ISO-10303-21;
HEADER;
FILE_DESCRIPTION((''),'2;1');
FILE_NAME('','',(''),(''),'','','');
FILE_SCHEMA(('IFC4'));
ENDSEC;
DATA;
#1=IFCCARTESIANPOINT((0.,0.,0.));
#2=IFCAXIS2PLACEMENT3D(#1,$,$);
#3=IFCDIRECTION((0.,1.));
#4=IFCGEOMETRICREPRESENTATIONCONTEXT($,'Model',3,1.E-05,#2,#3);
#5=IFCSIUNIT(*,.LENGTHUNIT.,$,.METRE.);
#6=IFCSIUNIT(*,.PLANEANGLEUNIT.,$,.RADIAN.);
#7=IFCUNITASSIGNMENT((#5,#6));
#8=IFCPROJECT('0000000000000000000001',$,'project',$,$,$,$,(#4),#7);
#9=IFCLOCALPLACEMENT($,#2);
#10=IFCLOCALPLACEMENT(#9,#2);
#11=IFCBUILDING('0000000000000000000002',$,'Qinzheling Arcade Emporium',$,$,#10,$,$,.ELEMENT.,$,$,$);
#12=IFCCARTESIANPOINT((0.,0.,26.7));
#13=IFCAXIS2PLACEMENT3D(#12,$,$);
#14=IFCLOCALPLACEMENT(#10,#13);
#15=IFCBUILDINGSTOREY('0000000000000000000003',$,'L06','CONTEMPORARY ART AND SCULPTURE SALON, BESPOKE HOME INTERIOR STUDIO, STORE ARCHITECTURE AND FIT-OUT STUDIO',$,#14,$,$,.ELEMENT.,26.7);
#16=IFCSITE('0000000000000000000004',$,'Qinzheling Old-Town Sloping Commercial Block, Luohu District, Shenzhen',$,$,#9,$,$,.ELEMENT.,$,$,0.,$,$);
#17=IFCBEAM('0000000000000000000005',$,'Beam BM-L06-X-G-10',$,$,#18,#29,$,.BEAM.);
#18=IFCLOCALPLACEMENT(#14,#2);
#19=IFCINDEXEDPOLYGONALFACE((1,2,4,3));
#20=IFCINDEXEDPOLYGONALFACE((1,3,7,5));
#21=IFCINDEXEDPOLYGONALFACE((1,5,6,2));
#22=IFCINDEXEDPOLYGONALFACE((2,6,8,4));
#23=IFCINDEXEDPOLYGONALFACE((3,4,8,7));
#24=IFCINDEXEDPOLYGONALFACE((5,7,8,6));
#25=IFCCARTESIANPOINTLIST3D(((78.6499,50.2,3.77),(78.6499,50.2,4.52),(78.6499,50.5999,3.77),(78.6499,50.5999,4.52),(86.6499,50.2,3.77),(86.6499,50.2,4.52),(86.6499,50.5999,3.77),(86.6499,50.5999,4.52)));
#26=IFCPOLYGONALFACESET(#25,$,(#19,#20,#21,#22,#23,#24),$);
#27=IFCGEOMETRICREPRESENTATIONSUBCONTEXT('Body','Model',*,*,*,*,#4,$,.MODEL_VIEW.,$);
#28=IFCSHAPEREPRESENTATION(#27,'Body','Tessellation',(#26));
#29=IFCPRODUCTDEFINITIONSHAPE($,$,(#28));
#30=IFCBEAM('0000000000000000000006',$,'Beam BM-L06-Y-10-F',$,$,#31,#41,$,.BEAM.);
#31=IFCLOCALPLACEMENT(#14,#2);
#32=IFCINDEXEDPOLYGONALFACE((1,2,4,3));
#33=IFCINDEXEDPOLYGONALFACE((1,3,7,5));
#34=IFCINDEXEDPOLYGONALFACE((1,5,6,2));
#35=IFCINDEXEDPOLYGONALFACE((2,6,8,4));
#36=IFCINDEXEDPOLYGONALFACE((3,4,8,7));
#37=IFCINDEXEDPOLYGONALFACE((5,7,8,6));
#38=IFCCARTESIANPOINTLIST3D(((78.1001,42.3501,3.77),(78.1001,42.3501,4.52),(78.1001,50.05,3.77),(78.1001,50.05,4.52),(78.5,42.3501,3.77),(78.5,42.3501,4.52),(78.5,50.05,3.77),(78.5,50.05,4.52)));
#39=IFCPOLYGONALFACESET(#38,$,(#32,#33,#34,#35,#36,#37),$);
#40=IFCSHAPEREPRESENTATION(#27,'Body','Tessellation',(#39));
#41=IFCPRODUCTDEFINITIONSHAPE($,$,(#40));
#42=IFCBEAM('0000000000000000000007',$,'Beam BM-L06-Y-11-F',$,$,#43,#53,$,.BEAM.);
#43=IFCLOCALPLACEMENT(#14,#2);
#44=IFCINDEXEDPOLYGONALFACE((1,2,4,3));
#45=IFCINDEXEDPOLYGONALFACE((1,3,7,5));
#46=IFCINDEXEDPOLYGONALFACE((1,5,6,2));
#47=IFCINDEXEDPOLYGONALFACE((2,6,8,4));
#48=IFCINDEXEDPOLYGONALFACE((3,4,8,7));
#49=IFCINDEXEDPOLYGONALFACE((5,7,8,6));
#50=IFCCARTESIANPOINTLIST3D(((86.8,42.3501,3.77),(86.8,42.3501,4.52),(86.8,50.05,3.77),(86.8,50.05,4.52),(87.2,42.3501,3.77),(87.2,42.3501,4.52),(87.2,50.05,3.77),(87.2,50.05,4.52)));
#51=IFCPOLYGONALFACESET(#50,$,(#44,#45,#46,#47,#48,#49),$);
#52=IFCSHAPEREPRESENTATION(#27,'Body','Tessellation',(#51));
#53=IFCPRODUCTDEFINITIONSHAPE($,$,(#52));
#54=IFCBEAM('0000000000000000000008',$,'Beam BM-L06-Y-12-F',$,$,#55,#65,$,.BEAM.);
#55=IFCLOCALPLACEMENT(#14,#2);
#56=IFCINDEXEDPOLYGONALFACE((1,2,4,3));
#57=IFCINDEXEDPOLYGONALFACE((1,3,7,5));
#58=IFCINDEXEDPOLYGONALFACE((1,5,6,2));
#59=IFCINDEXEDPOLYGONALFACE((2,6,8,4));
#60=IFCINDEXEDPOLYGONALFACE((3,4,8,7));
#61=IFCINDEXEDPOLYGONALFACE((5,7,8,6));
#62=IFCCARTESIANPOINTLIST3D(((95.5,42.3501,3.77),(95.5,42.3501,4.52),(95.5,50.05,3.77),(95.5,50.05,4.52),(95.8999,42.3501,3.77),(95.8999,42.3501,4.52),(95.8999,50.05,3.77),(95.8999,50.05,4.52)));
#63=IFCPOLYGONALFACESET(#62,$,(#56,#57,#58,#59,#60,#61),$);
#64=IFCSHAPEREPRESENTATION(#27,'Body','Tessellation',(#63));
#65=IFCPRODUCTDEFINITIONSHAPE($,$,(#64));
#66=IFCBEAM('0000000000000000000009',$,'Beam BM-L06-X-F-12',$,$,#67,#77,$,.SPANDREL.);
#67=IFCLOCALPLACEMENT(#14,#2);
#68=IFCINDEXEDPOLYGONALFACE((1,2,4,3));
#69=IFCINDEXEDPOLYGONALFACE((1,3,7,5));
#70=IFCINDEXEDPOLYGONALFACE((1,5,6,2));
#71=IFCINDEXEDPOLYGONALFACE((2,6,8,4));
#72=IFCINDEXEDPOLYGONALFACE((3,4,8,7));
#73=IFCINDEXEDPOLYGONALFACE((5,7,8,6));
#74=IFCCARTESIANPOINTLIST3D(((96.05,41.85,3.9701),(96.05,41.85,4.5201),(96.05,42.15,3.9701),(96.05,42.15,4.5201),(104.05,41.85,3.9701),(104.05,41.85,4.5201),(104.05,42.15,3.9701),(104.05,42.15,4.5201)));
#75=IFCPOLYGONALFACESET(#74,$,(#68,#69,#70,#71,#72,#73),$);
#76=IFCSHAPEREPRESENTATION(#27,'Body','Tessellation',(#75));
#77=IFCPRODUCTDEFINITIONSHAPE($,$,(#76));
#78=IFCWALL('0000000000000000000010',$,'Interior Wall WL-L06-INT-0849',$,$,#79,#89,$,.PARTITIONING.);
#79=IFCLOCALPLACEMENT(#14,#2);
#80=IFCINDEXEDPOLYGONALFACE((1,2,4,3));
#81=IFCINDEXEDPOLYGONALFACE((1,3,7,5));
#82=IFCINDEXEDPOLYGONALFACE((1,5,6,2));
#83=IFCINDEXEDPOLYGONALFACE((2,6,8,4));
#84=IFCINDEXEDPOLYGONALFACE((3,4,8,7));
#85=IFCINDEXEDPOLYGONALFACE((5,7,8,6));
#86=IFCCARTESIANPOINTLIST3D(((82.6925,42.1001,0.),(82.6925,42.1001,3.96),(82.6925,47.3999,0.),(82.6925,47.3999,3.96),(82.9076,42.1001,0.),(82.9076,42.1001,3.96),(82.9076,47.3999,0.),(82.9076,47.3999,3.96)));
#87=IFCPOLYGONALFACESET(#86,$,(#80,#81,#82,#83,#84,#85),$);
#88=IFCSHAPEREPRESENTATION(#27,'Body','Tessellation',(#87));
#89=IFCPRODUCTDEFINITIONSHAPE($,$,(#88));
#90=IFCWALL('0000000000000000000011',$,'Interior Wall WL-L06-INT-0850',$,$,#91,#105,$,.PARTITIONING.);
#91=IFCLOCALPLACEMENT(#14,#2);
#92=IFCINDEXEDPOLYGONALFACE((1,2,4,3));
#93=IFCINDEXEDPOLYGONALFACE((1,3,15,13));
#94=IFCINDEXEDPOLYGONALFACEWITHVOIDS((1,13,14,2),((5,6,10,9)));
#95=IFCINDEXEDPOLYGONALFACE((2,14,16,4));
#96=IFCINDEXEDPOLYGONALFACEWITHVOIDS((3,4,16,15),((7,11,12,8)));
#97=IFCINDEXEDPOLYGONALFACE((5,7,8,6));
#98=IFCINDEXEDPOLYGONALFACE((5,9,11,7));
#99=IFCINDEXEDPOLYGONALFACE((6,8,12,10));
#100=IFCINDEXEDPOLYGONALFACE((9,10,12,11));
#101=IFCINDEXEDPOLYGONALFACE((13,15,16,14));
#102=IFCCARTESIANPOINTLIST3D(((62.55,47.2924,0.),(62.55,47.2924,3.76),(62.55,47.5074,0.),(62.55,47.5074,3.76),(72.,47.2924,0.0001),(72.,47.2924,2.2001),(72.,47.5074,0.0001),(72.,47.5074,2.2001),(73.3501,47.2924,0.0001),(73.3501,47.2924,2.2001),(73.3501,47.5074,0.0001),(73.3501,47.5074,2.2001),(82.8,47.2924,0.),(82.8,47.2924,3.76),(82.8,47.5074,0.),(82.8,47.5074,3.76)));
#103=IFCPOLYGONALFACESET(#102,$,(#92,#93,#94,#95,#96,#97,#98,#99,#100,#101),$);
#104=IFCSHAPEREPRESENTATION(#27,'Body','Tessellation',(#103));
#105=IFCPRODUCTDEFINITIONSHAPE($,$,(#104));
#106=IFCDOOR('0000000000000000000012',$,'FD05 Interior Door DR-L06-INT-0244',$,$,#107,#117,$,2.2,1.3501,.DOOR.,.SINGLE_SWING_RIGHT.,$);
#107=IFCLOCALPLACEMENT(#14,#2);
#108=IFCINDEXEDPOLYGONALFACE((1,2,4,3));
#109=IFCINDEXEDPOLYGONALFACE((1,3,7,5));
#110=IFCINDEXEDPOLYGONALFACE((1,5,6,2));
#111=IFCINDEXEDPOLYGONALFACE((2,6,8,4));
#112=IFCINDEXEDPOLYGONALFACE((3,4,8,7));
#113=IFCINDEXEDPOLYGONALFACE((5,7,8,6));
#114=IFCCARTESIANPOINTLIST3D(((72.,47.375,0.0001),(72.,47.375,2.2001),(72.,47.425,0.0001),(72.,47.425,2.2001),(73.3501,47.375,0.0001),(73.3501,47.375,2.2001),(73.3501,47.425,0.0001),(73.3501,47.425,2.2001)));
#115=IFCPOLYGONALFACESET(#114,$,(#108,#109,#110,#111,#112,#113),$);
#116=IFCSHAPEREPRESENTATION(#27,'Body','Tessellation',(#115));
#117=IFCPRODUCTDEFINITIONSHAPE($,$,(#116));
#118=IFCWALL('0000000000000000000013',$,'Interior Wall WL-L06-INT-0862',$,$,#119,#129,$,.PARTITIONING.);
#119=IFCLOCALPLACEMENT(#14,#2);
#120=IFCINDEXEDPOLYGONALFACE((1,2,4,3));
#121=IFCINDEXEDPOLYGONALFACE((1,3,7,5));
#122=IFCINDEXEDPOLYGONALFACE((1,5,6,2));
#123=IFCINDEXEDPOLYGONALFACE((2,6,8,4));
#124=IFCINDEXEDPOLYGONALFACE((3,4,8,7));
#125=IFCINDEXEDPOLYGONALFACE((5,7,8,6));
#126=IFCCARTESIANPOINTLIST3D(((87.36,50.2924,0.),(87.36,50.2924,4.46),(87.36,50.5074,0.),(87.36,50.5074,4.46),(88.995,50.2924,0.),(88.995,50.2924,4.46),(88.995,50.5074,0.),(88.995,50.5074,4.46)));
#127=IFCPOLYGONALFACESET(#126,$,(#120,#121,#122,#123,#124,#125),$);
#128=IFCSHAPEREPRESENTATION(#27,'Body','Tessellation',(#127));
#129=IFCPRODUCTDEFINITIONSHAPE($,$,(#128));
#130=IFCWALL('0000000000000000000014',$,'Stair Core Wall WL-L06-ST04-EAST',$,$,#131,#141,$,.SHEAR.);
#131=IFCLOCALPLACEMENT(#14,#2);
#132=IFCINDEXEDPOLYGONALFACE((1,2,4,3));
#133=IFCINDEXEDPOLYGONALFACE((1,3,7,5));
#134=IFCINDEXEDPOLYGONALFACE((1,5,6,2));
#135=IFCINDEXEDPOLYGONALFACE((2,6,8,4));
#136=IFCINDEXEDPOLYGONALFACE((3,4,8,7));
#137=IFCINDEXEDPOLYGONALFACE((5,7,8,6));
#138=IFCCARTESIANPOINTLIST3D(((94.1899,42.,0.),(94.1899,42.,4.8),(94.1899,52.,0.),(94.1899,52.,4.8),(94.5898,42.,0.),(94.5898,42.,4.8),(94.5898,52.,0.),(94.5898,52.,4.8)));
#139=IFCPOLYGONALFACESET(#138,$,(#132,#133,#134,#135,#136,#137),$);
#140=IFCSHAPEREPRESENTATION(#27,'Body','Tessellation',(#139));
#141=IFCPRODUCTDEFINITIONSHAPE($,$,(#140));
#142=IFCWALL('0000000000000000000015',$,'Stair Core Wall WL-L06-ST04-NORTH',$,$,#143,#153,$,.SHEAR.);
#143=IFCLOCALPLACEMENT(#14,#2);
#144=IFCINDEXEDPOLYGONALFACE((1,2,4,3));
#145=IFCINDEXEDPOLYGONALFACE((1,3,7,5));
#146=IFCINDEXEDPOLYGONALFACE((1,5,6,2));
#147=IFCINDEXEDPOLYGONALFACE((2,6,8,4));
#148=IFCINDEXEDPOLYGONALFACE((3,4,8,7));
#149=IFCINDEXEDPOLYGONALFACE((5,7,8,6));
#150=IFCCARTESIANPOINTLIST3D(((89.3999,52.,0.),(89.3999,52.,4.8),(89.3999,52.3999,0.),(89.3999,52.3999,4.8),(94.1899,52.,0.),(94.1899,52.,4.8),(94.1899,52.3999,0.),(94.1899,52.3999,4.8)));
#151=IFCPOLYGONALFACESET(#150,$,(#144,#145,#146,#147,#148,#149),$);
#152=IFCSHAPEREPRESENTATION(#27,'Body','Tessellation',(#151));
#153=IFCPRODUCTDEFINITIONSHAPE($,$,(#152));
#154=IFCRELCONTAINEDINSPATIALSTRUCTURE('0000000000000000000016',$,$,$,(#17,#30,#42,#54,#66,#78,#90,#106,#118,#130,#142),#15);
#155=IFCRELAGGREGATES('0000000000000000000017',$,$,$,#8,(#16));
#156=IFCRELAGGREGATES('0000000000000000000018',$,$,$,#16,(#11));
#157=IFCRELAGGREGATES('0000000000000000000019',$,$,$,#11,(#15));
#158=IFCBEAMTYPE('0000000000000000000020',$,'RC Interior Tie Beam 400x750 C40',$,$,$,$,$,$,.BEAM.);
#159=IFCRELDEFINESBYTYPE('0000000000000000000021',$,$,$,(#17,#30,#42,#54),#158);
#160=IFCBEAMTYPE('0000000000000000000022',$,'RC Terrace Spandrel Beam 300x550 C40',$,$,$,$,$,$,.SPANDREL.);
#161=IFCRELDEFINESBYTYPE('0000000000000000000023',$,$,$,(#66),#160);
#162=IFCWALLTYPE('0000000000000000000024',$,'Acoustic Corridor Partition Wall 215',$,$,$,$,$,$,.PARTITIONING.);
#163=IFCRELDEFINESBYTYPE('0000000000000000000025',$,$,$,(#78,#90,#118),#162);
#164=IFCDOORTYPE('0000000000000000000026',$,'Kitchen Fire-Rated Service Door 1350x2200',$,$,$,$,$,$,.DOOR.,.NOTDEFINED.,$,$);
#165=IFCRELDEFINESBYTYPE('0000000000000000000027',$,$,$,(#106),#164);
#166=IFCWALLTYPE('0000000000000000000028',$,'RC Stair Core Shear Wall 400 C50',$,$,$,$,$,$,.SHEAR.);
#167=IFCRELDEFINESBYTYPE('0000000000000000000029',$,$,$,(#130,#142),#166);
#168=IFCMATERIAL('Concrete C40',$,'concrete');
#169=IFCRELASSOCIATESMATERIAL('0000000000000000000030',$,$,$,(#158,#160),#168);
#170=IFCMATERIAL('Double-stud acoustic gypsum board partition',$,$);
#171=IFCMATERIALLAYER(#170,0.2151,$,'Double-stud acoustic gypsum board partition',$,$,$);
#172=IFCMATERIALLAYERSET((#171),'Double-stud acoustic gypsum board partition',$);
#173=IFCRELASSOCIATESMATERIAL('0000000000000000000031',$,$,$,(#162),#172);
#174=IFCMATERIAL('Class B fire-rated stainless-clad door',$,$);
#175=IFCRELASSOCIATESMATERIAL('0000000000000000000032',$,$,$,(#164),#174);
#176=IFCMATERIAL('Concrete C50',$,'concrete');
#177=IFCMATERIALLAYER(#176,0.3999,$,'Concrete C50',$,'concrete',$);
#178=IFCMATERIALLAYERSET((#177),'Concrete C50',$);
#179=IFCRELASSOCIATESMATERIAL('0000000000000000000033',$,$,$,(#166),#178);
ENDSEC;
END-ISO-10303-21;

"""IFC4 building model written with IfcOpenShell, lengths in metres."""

from ifc_helpers import new_model, si_unit, direction, frame, frame_2d, origin, origin_2d, place, context, subcontext, project, spatial, rectangle, extrude, material, layer, layer_set, material_profile, profile_set, type_object, element, fill, save


model = new_model("IFC4")

# Units and contexts
model_context = context("Model", 3, precision=1e-05, world=origin(), true_north=direction((0.0, 1.0)))
body_context = subcontext(model_context, "Body", "Model", "MODEL_VIEW")
ifc_project = project(units=[si_unit("LENGTHUNIT", "METRE"), si_unit("PLANEANGLEUNIT", "RADIAN")], contexts=[model_context])

# Site, building, storey
site_placement = place(None, origin())
site = spatial("IfcSite", under=ifc_project, at=site_placement, Name="Qinzheling Old-Town Sloping Commercial Block, Luohu District, Shenzhen", CompositionType="ELEMENT", RefElevation=0.0)
building_placement = place(site_placement, origin())
building = spatial("IfcBuilding", under=site, at=building_placement, Name="Qinzheling Arcade Emporium", CompositionType="ELEMENT")
storey_placement = place(building_placement, frame((0.0, 0.0, 26.7)))
storey = spatial("IfcBuildingStorey", under=building, at=storey_placement, Name="L06", Description="CONTEMPORARY ART AND SCULPTURE SALON, BESPOKE HOME INTERIOR STUDIO, STORE ARCHITECTURE AND FIT-OUT STUDIO", CompositionType="ELEMENT", Elevation=26.7)

# Shared definitions
ifc_material_1 = material(Name="Concrete C40", Category="concrete")

# Beams
ifc_material_profile_1 = material_profile(ifc_material_1, rectangle(XDim=0.3999, YDim=0.75, at=origin_2d()), Name="RC 400x750", Category="concrete")
ifc_profile_set_1 = profile_set([ifc_material_profile_1], Name="Concrete C40")
beam_type_1 = type_object("IfcBeamType", Name="RC Interior Tie Beam 400x750 C40", PredefinedType="BEAM", material=ifc_profile_set_1)
for number, where, z_axis, x_axis, name in (
    (1, (78.6499, 50.3999, 4.145), (1.0, 0.0, 0.0), (0.0, 1.0, 0.0), "Beam BM-L06-X-G-10"),
):
    element("IfcBeam", number, at=place(storey_placement, frame(where, z_axis=z_axis, x_axis=x_axis)), inside=storey, type_object=beam_type_1, Name=name, PredefinedType="BEAM", context=body_context, shape_type="SweptSolid", body=[
        extrude(rectangle(XDim=0.3999, YDim=0.75, at=origin_2d()), origin(), (0.0, 0.0, 1.0), 8.0),
    ])
for number, where, z_axis, x_axis, name in (
    (2, (78.3, 42.3501, 4.145), (0.0, 1.0, 0.0), (-1.0, 0.0, 0.0), "Beam BM-L06-Y-10-F"),
    (3, (87.0, 42.3501, 4.145), (0.0, 1.0, 0.0), (-1.0, 0.0, 0.0), "Beam BM-L06-Y-11-F"),
    (4, (95.7, 42.3501, 4.145), (0.0, 1.0, 0.0), (-1.0, 0.0, 0.0), "Beam BM-L06-Y-12-F"),
):
    element("IfcBeam", number, at=place(storey_placement, frame(where, z_axis=z_axis, x_axis=x_axis)), inside=storey, type_object=beam_type_1, Name=name, PredefinedType="BEAM", context=body_context, shape_type="SweptSolid", body=[
        extrude(rectangle(XDim=0.3999, YDim=0.75, at=origin_2d()), origin(), (0.0, 0.0, 1.0), 7.7),
    ])
ifc_material_profile_2 = material_profile(ifc_material_1, rectangle(XDim=0.3, YDim=0.55, at=origin_2d()), Name="RC 300x550", Category="concrete")
ifc_profile_set_2 = profile_set([ifc_material_profile_2], Name="Concrete C40")
beam_type_2 = type_object("IfcBeamType", Name="RC Terrace Spandrel Beam 300x550 C40", PredefinedType="SPANDREL", material=ifc_profile_set_2)
beam_1_placement = place(storey_placement, frame((96.05, 42.0, 4.2451), z_axis=(1.0, 0.0, 0.0), x_axis=(0.0, 1.0, 0.0)))
element("IfcBeam", 5, at=beam_1_placement, inside=storey, type_object=beam_type_2, Name="Beam BM-L06-X-F-12", PredefinedType="SPANDREL", context=body_context, shape_type="SweptSolid", body=[
    extrude(rectangle(XDim=0.3, YDim=0.55, at=origin_2d()), origin(), (0.0, 0.0, 1.0), 8.0),
])

# Wall
ifc_material_2 = material(Name="Double-stud acoustic gypsum board partition")
ifc_layer_1 = layer(ifc_material_2, 0.2151, Name="Double-stud acoustic gypsum board partition")
ifc_layer_set_1 = layer_set([ifc_layer_1], Name="Double-stud acoustic gypsum board partition")
wall_type_1 = type_object("IfcWallType", Name="Acoustic Corridor Partition Wall 215", PredefinedType="PARTITIONING", material=ifc_layer_set_1)
wall_1_placement = place(storey_placement, frame((82.8, 42.1001, 0.0), z_axis=(0.0, 0.0, 1.0), x_axis=(0.0, 1.0, 0.0)))
element("IfcWall", 6, at=wall_1_placement, inside=storey, type_object=wall_type_1, Name="Interior Wall WL-L06-INT-0849", PredefinedType="PARTITIONING", context=body_context, shape_type="SweptSolid", body=[
    extrude(rectangle(XDim=5.2998, YDim=0.2151, at=frame_2d((2.6499, 0.0))), origin(), (0.0, 0.0, 1.0), 3.96),
])

# Wall, opening, door
wall_2_placement = place(storey_placement, frame((82.8, 47.3999, 0.0), z_axis=(0.0, 0.0, 1.0), x_axis=(-1.0, 0.0, 0.0)))
wall_2 = element("IfcWall", 7, at=wall_2_placement, inside=storey, type_object=wall_type_1, Name="Interior Wall WL-L06-INT-0850", PredefinedType="PARTITIONING", context=body_context, shape_type="SweptSolid", body=[
    extrude(rectangle(XDim=20.25, YDim=0.2151, at=frame_2d((10.125, 0.0))), origin(), (0.0, 0.0, 1.0), 3.76),
])
opening_placement = place(wall_2_placement, frame((9.45, 0.0, 0.0)))
opening = element("IfcOpeningElement", 8, at=opening_placement, cuts=wall_2, PredefinedType="OPENING", context=body_context, shape_type="SweptSolid", body=[
    extrude(rectangle(XDim=1.3501, YDim=2.2, at=frame_2d((0.675, 1.1001))), frame((0.0, 0.1177, 0.0), z_axis=(0.0, -1.0, 0.0), x_axis=(1.0, 0.0, 0.0)), (0.0, 0.0, 1.0), 0.2351),
])
ifc_material_3 = material(Name="Class B fire-rated stainless-clad door")
door_type = type_object("IfcDoorType", Name="Kitchen Fire-Rated Service Door 1350x2200", OperationType="NOTDEFINED", PredefinedType="DOOR", material=ifc_material_3)
door_placement = place(opening_placement, origin())
door = element("IfcDoor", 9, at=door_placement, inside=storey, type_object=door_type, Name="FD05 Interior Door DR-L06-INT-0244", OperationType="SINGLE_SWING_RIGHT", OverallHeight=2.2, OverallWidth=1.3501, PredefinedType="DOOR", context=body_context, shape_type="SweptSolid", body=[
    extrude(rectangle(XDim=1.3501, YDim=2.2, at=frame_2d((0.675, 1.1001))), frame((0.0, 0.0249, 0.0), z_axis=(0.0, -1.0, 0.0), x_axis=(1.0, 0.0, 0.0)), (0.0, 0.0, 1.0), 0.05),
])
fill(opening, door)

# Walls
wall_3_placement = place(storey_placement, frame((87.3601, 50.3999, 0.0), z_axis=(0.0, 0.0, 1.0), x_axis=(1.0, 0.0, 0.0)))
element("IfcWall", 10, at=wall_3_placement, inside=storey, type_object=wall_type_1, Name="Interior Wall WL-L06-INT-0862", PredefinedType="PARTITIONING", context=body_context, shape_type="SweptSolid", body=[
    extrude(rectangle(XDim=1.635, YDim=0.2151, at=frame_2d((0.8174, 0.0))), origin(), (0.0, 0.0, 1.0), 4.46),
])
ifc_material_4 = material(Name="Concrete C50", Category="concrete")
ifc_layer_2 = layer(ifc_material_4, 0.3999, Name="Concrete C50", Category="concrete")
ifc_layer_set_2 = layer_set([ifc_layer_2], Name="Concrete C50")
wall_type_2 = type_object("IfcWallType", Name="RC Stair Core Shear Wall 400 C50", PredefinedType="SHEAR", material=ifc_layer_set_2)
wall_4_placement = place(storey_placement, frame((94.3899, 52.0, 0.0), z_axis=(0.0, 0.0, 1.0), x_axis=(0.0, -1.0, 0.0)))
element("IfcWall", 11, at=wall_4_placement, inside=storey, type_object=wall_type_2, Name="Stair Core Wall WL-L06-ST04-EAST", PredefinedType="SHEAR", context=body_context, shape_type="SweptSolid", body=[
    extrude(rectangle(XDim=10.0, YDim=0.3999, at=frame_2d((5.0, 0.0))), origin(), (0.0, 0.0, 1.0), 4.8),
])
wall_5_placement = place(storey_placement, frame((89.3999, 52.2, 0.0), z_axis=(0.0, 0.0, 1.0), x_axis=(1.0, 0.0, 0.0)))
element("IfcWall", 12, at=wall_5_placement, inside=storey, type_object=wall_type_2, Name="Stair Core Wall WL-L06-ST04-NORTH", PredefinedType="SHEAR", context=body_context, shape_type="SweptSolid", body=[
    extrude(rectangle(XDim=4.79, YDim=0.3999, at=frame_2d((2.395, 0.0))), origin(), (0.0, 0.0, 1.0), 4.8),
])

save(model, "model.ifc")
